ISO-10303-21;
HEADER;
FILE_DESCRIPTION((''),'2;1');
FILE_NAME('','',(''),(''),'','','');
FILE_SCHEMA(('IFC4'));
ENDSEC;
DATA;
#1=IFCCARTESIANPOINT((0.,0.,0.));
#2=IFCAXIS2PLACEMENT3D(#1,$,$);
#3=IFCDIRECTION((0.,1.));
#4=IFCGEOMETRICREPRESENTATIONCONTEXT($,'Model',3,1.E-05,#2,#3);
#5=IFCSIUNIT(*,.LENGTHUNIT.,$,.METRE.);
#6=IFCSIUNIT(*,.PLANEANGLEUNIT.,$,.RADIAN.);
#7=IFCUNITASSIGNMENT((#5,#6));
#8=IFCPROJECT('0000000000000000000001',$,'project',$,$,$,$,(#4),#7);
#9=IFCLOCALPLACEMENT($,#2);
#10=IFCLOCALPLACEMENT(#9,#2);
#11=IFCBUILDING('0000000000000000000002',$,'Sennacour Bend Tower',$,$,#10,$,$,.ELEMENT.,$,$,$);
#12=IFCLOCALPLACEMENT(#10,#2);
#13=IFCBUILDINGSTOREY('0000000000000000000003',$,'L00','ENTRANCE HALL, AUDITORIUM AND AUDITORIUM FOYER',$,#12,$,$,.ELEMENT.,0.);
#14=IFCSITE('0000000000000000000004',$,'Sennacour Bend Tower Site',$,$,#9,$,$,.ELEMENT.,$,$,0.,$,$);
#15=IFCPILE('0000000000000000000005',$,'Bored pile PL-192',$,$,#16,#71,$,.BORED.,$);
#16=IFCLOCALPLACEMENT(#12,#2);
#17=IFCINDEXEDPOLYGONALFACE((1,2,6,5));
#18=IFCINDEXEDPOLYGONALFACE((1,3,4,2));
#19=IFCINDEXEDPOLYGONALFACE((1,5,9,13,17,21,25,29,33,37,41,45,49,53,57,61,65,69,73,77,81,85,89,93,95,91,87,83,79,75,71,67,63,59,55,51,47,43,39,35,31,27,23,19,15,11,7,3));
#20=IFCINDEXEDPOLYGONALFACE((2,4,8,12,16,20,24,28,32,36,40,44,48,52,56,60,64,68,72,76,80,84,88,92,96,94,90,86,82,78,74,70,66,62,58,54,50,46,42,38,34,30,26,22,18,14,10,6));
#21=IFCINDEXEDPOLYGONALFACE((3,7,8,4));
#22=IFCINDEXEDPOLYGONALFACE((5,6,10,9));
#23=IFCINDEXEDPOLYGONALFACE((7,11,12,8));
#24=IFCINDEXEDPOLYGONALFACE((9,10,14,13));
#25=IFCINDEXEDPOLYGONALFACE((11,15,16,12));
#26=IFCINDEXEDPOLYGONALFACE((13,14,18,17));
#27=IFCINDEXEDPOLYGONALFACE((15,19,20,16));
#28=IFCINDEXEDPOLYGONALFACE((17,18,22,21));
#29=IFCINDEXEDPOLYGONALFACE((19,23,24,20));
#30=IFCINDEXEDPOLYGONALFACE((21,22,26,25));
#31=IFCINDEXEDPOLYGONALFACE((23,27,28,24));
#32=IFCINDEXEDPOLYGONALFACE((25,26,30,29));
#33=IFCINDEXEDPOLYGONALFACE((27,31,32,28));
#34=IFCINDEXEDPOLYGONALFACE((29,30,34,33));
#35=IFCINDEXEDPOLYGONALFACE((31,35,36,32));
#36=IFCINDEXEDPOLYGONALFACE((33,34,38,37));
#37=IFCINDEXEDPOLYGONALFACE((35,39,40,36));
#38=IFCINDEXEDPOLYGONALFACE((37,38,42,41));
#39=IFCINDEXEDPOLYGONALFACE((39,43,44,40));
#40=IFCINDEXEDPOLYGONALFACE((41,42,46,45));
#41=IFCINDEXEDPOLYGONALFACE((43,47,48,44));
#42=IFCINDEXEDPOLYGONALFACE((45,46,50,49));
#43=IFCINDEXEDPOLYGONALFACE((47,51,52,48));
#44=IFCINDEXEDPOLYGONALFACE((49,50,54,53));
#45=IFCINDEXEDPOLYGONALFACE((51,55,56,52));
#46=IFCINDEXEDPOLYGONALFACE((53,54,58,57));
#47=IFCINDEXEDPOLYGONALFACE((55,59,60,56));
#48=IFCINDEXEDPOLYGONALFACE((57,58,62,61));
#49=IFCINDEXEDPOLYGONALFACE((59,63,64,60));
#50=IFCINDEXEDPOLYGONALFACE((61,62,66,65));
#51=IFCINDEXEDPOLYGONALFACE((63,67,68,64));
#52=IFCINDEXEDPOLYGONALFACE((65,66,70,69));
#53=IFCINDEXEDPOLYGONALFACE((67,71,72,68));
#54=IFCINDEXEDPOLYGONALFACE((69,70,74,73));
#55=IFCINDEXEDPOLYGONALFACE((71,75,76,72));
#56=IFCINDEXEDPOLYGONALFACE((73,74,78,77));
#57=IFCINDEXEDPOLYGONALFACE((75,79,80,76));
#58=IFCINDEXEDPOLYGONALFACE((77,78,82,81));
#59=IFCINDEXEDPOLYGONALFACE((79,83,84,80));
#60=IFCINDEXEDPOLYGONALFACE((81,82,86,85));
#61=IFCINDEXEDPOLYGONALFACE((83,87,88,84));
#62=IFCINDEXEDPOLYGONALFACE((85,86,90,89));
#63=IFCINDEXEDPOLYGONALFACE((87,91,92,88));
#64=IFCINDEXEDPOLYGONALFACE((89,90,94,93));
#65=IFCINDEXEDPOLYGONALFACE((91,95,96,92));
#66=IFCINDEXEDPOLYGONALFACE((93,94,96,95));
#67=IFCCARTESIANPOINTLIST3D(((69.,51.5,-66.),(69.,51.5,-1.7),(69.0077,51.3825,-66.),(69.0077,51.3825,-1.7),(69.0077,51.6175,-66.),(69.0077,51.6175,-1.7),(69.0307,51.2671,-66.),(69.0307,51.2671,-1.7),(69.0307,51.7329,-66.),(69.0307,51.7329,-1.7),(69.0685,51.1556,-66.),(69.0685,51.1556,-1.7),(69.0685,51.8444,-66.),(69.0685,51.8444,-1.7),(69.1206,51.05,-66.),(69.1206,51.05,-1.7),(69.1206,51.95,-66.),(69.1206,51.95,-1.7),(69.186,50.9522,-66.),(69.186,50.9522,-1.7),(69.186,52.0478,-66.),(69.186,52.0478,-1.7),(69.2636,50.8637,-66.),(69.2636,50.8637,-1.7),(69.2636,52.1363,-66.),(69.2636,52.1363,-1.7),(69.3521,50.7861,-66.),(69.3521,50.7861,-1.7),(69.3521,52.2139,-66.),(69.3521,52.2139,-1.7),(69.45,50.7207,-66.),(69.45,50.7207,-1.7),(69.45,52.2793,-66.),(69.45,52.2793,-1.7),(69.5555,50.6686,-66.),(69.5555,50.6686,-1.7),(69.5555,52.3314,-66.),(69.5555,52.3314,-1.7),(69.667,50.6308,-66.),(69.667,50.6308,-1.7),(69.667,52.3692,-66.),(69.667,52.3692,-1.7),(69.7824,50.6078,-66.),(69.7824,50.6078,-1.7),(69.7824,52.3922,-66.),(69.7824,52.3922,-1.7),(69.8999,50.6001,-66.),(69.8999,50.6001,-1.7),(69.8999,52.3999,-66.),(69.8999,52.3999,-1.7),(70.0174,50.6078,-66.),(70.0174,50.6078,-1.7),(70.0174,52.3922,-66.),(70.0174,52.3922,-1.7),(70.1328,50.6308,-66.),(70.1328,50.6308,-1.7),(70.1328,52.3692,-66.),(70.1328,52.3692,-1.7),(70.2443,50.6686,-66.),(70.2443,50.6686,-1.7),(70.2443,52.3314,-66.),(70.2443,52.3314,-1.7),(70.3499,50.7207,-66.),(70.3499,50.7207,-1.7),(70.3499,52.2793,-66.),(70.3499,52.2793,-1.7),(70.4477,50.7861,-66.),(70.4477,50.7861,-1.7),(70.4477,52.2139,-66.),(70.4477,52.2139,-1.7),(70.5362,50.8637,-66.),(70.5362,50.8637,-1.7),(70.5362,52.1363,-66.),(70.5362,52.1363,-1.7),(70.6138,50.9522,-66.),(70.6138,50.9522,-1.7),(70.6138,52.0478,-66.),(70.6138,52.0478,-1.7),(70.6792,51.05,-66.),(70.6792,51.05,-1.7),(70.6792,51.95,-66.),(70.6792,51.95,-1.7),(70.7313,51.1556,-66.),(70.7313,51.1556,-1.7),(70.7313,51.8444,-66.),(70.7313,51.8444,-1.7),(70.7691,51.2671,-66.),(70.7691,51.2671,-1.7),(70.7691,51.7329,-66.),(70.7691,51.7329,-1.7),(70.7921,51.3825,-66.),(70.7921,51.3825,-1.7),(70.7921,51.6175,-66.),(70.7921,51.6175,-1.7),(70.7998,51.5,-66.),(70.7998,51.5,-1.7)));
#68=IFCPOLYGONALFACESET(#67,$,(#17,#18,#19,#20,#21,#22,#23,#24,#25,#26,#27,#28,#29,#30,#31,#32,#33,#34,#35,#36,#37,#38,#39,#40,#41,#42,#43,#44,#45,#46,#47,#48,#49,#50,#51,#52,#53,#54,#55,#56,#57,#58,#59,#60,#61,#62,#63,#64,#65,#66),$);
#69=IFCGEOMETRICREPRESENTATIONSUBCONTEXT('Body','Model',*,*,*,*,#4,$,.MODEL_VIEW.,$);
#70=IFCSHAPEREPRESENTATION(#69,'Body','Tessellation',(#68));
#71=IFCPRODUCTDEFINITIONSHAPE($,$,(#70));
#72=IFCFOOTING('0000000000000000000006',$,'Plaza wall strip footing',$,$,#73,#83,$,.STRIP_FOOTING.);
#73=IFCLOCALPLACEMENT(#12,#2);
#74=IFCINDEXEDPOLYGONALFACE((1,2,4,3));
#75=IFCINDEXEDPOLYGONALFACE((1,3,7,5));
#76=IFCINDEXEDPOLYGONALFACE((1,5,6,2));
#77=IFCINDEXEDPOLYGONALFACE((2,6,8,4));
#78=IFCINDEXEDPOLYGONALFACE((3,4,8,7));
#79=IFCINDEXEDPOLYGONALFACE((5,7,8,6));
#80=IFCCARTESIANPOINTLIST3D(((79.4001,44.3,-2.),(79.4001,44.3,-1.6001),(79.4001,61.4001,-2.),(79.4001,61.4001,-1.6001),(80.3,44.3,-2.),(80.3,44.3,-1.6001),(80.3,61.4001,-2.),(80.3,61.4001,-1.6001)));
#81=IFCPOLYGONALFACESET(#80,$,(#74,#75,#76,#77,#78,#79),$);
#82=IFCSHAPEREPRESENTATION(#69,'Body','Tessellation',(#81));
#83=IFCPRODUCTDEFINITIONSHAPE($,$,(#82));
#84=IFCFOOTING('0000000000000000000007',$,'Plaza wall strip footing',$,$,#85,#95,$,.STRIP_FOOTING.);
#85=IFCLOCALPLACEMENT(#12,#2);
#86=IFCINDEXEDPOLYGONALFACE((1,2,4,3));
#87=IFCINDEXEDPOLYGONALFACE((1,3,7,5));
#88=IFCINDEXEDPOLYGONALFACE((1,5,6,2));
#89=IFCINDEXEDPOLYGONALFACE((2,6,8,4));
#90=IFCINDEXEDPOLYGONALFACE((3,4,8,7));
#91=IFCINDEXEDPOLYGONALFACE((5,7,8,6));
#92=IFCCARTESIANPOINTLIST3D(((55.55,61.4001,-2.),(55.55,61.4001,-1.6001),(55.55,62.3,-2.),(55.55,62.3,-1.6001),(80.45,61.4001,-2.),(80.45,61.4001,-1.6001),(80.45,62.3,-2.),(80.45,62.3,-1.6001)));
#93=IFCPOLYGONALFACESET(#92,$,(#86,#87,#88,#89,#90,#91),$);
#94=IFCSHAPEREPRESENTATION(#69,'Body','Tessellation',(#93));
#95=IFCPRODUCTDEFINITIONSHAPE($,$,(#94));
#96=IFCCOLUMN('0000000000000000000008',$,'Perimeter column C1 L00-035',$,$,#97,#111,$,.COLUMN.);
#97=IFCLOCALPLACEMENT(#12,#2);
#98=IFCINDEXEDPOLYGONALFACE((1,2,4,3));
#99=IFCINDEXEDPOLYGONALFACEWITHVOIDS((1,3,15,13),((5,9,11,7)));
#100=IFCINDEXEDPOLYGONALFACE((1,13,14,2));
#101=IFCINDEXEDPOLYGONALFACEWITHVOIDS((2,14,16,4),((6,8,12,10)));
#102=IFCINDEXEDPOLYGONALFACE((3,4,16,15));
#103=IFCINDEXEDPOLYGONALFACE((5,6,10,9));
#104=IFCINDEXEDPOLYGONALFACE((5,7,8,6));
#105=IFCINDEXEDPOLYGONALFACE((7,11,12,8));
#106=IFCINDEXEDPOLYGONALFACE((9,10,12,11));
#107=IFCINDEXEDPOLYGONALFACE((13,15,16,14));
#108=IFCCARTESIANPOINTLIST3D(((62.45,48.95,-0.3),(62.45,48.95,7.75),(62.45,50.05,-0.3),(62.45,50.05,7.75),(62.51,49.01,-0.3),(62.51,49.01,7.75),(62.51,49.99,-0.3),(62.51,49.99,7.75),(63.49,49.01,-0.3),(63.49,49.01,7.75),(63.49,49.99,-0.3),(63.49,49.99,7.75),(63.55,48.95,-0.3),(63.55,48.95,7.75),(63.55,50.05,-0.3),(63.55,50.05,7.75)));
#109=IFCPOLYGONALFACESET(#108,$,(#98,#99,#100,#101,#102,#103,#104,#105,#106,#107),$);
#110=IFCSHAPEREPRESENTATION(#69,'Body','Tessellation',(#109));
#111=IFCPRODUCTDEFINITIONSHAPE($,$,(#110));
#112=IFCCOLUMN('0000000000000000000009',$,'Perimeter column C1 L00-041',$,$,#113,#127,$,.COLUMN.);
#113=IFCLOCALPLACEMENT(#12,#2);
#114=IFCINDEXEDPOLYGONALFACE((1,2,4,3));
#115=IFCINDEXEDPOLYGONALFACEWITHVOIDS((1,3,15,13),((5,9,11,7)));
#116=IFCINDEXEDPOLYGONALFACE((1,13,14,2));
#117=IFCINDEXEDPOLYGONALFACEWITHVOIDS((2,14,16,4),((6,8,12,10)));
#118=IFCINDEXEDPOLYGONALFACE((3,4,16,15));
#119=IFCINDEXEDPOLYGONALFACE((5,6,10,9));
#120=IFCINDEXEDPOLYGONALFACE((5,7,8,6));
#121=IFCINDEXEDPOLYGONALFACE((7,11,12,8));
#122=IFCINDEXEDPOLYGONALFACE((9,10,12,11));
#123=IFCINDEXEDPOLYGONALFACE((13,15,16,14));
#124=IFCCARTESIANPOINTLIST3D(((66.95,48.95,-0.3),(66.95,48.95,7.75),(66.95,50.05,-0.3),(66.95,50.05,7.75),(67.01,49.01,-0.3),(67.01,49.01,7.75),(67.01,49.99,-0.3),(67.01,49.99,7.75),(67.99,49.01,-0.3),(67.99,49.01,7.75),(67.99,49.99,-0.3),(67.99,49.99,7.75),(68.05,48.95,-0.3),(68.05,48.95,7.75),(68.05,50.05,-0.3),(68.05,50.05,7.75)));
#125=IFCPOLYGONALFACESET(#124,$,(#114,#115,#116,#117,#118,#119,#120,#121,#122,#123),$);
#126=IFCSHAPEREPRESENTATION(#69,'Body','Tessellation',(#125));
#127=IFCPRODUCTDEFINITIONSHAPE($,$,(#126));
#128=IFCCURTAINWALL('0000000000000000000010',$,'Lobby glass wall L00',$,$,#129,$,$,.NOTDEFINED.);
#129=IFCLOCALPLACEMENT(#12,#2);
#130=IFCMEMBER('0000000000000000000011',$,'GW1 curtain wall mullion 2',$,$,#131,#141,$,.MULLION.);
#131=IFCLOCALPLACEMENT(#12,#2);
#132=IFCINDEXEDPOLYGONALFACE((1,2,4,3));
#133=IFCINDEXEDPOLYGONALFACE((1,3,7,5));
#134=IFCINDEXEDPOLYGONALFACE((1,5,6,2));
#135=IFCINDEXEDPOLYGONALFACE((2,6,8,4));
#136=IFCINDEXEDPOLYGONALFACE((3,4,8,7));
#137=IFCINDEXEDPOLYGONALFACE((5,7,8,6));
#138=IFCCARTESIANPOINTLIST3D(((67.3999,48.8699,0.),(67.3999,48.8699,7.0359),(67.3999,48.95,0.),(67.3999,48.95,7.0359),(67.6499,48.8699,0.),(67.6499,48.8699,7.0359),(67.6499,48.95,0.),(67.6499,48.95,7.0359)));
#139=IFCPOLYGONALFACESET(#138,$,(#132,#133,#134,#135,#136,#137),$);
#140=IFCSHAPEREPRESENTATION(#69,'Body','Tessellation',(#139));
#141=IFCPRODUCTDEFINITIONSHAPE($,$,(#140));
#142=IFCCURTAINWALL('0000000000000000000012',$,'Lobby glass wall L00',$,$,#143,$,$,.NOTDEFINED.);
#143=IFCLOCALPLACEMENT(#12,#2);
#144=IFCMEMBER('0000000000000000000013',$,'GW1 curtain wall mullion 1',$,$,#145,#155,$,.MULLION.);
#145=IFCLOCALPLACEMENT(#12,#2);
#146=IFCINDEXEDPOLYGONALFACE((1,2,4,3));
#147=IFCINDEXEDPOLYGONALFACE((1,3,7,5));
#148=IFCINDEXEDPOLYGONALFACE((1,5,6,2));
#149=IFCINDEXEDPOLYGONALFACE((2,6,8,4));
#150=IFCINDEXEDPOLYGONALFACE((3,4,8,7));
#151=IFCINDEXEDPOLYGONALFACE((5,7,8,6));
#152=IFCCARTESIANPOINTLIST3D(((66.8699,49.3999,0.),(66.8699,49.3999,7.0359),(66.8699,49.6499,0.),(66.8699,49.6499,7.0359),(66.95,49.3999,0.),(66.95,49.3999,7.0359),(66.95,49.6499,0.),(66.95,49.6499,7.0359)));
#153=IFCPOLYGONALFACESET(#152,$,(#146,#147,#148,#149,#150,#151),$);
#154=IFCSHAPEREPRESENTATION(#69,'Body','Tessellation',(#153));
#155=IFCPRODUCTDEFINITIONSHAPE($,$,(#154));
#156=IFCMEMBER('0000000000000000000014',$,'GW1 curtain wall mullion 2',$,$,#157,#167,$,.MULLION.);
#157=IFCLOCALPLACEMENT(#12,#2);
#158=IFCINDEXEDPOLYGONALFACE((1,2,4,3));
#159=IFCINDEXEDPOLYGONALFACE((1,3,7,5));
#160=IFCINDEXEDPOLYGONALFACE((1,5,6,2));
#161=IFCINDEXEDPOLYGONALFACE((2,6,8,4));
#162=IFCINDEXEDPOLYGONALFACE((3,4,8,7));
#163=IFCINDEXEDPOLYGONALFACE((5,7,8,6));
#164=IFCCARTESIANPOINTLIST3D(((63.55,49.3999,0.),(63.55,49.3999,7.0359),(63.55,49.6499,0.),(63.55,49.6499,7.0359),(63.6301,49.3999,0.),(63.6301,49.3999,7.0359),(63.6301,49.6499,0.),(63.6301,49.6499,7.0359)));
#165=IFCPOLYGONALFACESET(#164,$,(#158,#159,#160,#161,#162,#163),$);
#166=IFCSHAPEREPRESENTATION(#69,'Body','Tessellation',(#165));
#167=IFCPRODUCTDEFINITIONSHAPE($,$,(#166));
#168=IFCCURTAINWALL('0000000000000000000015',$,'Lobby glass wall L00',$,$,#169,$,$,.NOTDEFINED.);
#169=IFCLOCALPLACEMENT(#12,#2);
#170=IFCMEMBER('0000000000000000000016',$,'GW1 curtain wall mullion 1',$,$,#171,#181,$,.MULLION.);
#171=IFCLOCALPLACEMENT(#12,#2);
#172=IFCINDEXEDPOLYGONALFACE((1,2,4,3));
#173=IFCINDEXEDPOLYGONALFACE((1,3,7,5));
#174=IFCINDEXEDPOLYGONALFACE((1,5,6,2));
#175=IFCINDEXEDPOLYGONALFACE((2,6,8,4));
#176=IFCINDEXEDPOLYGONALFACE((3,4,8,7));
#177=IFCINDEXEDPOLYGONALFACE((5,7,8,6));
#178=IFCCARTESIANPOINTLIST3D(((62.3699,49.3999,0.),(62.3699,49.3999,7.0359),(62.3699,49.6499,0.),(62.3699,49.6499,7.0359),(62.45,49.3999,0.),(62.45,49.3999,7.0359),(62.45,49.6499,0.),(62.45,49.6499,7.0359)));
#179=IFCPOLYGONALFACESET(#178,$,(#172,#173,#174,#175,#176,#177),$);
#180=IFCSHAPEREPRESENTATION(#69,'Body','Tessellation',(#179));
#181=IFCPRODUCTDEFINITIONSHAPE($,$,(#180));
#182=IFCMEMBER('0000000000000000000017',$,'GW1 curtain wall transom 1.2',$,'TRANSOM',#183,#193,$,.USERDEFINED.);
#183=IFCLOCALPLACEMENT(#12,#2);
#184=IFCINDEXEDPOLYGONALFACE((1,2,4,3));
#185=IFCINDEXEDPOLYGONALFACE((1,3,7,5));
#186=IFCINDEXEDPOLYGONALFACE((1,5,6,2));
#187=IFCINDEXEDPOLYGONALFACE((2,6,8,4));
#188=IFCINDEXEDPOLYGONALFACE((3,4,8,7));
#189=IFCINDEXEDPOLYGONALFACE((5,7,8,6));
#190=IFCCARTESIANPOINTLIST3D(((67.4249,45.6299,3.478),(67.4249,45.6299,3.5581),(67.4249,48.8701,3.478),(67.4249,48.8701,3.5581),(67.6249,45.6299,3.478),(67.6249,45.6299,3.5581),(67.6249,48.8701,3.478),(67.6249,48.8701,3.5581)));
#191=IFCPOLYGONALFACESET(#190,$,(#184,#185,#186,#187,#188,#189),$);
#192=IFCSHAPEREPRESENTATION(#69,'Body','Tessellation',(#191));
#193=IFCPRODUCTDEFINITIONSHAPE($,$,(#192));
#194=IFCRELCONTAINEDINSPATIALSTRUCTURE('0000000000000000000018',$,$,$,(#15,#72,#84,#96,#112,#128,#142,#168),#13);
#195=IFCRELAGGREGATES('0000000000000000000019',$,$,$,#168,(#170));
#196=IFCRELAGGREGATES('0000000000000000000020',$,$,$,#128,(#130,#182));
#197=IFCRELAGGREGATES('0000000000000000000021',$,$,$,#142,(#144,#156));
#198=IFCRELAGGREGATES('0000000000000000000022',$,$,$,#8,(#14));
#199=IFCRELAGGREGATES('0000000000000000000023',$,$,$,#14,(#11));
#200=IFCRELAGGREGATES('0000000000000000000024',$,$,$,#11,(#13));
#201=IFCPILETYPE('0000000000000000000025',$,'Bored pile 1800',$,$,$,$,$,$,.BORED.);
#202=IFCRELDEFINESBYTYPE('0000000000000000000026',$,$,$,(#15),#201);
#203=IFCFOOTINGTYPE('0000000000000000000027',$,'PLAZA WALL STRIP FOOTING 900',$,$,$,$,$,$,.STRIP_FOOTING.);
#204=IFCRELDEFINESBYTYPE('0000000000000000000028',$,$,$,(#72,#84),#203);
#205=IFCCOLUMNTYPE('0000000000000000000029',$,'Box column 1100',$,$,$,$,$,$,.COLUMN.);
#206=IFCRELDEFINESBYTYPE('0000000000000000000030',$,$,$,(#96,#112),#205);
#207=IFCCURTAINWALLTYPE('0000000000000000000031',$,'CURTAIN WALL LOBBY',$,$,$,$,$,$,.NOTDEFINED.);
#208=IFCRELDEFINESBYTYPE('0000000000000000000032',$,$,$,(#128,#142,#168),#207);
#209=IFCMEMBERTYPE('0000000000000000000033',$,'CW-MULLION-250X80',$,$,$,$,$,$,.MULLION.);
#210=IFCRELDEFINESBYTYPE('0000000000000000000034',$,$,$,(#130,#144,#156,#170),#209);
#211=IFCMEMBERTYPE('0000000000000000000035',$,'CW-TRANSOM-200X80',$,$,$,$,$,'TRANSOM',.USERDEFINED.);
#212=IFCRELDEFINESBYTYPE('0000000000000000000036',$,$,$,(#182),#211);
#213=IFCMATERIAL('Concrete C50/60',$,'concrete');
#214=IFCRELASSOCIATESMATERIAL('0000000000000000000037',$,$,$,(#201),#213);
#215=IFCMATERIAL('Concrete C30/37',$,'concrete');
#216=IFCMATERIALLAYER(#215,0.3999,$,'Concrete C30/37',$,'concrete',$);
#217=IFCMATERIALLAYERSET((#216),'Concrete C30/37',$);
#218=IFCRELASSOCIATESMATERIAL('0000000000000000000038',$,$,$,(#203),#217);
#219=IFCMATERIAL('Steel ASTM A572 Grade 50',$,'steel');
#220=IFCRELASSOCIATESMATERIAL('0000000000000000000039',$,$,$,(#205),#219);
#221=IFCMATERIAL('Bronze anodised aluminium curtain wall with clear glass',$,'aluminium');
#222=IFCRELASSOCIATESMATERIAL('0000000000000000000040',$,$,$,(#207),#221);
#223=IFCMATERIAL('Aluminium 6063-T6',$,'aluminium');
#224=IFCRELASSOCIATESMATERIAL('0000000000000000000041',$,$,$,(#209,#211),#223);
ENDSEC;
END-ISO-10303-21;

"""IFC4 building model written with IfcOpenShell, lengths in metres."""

from ifc_helpers import new_model, si_unit, direction, frame, origin, origin_2d, place, context, subcontext, project, spatial, rectangle, hollow_rectangle, circle, extrude, material, layer, layer_set, material_profile, profile_set, type_object, element, aggregate, save


model = new_model("IFC4")

# Units and contexts
model_context = context("Model", 3, precision=1e-05, world=origin(), true_north=direction((0.0, 1.0)))
body_context = subcontext(model_context, "Body", "Model", "MODEL_VIEW")
ifc_project = project(units=[si_unit("LENGTHUNIT", "METRE"), si_unit("PLANEANGLEUNIT", "RADIAN")], contexts=[model_context])

# Site, building, storey
site_placement = place(None, origin())
site = spatial("IfcSite", under=ifc_project, at=site_placement, Name="Sennacour Bend Tower Site", CompositionType="ELEMENT", RefElevation=0.0)
building_placement = place(site_placement, origin())
building = spatial("IfcBuilding", under=site, at=building_placement, Name="Sennacour Bend Tower", CompositionType="ELEMENT")
storey_placement = place(building_placement, origin())
storey = spatial("IfcBuildingStorey", under=building, at=storey_placement, Name="L00", Description="ENTRANCE HALL, AUDITORIUM AND AUDITORIUM FOYER", CompositionType="ELEMENT", Elevation=0.0)

# Pile
ifc_material_1 = material(Name="Concrete C50/60", Category="concrete")
ifc_material_profile_1 = material_profile(ifc_material_1, circle(Radius=0.8999, at=origin_2d()), Name="Concrete C50/60", Category="concrete")
ifc_profile_set_1 = profile_set([ifc_material_profile_1], Name="Concrete C50/60")
pile_type = type_object("IfcPileType", Name="Bored pile 1800", PredefinedType="BORED", material=ifc_profile_set_1)
for number, where, z_axis, x_axis, name in (
    (1, (69.8999, 51.5, -1.7), (0.0, 0.0, -1.0), (1.0, 0.0, 0.0), "Bored pile PL-192"),
):
    element("IfcPile", number, at=place(storey_placement, frame(where, z_axis=z_axis, x_axis=x_axis)), inside=storey, type_object=pile_type, Name=name, PredefinedType="BORED", context=body_context, shape_type="SweptSolid", body=[
        extrude(circle(Radius=0.8999, at=origin_2d()), origin(), (0.0, 0.0, 1.0), 64.3),
    ])

# Footings
ifc_material_2 = material(Name="Concrete C30/37", Category="concrete")
ifc_layer_1 = layer(ifc_material_2, 0.3999, Name="Concrete C30/37", Category="concrete")
ifc_layer_set_1 = layer_set([ifc_layer_1], Name="Concrete C30/37")
footing_type = type_object("IfcFootingType", Name="PLAZA WALL STRIP FOOTING 900", PredefinedType="STRIP_FOOTING", material=ifc_layer_set_1)
footing_1_placement = place(storey_placement, frame((79.8501, 52.8501, -2.0), z_axis=(0.0, 0.0, 1.0), x_axis=(1.0, 0.0, 0.0)))
element("IfcFooting", 2, at=footing_1_placement, inside=storey, type_object=footing_type, Name="Plaza wall strip footing", PredefinedType="STRIP_FOOTING", context=body_context, shape_type="SweptSolid", body=[
    extrude(rectangle(XDim=0.8999, YDim=17.1001, at=origin_2d()), origin(), (0.0, 0.0, 1.0), 0.3999),
])
footing_2_placement = place(storey_placement, frame((68.0, 61.8501, -2.0), z_axis=(0.0, 0.0, 1.0), x_axis=(1.0, 0.0, 0.0)))
element("IfcFooting", 3, at=footing_2_placement, inside=storey, type_object=footing_type, Name="Plaza wall strip footing", PredefinedType="STRIP_FOOTING", context=body_context, shape_type="SweptSolid", body=[
    extrude(rectangle(XDim=24.8999, YDim=0.8999, at=origin_2d()), origin(), (0.0, 0.0, 1.0), 0.3999),
])

# Columns
ifc_material_3 = material(Name="Steel ASTM A572 Grade 50", Category="steel")
ifc_material_profile_2 = material_profile(ifc_material_3, hollow_rectangle(XDim=1.1001, YDim=1.1001, WallThickness=0.0601, at=origin_2d()), Name="Steel ASTM A572 Grade 50", Category="steel")
ifc_profile_set_2 = profile_set([ifc_material_profile_2], Name="Steel ASTM A572 Grade 50")
column_type = type_object("IfcColumnType", Name="Box column 1100", PredefinedType="COLUMN", material=ifc_profile_set_2)
for number, where, z_axis, x_axis, name in (
    (4, (63.0, 49.5, -0.3), (0.0, 0.0, 1.0), (1.0, 0.0, 0.0), "Perimeter column C1 L00-035"),
    (5, (67.5, 49.5, -0.3), (0.0, 0.0, 1.0), (1.0, 0.0, 0.0), "Perimeter column C1 L00-041"),
):
    element("IfcColumn", number, at=place(storey_placement, frame(where, z_axis=z_axis, x_axis=x_axis)), inside=storey, type_object=column_type, Name=name, PredefinedType="COLUMN", context=body_context, shape_type="SweptSolid", body=[
        extrude(hollow_rectangle(XDim=1.1001, YDim=1.1001, WallThickness=0.0601, at=origin_2d()), origin(), (0.0, 0.0, 1.0), 8.05),
    ])

# Curtain wall, member
ifc_material_4 = material(Name="Bronze anodised aluminium curtain wall with clear glass", Category="aluminium")
curtain_wall_type = type_object("IfcCurtainWallType", Name="CURTAIN WALL LOBBY", PredefinedType="NOTDEFINED", material=ifc_material_4)
curtain_wall_1_placement = place(storey_placement, origin())
curtain_wall_1 = element("IfcCurtainWall", 6, at=curtain_wall_1_placement, inside=storey, type_object=curtain_wall_type, Name="Lobby glass wall L00", PredefinedType="NOTDEFINED")
ifc_material_5 = material(Name="Aluminium 6063-T6", Category="aluminium")
ifc_material_profile_3 = material_profile(ifc_material_5, rectangle(XDim=0.25, YDim=0.0801, at=origin_2d()), Name="Aluminium 6063-T6", Category="aluminium")
ifc_profile_set_3 = profile_set([ifc_material_profile_3], Name="Aluminium 6063-T6")
member_type_1 = type_object("IfcMemberType", Name="CW-MULLION-250X80", PredefinedType="MULLION", material=ifc_profile_set_3)
member_1_placement = place(storey_placement, frame((67.5249, 48.9099, 0.0), z_axis=(0.0, 0.0, 1.0), x_axis=(-1.0, 0.0, 0.0)))
member_1 = element("IfcMember", 7, at=member_1_placement, type_object=member_type_1, Name="GW1 curtain wall mullion 2", PredefinedType="MULLION", context=body_context, shape_type="SweptSolid", body=[
    extrude(rectangle(XDim=0.25, YDim=0.0801, at=origin_2d()), origin(), (0.0, 0.0, 1.0), 7.0359),
])

# Curtain wall, members
curtain_wall_2_placement = place(storey_placement, origin())
curtain_wall_2 = element("IfcCurtainWall", 8, at=curtain_wall_2_placement, inside=storey, type_object=curtain_wall_type, Name="Lobby glass wall L00", PredefinedType="NOTDEFINED")
member_2_placement = place(storey_placement, frame((66.9099, 49.5249, 0.0), z_axis=(0.0, 0.0, 1.0), x_axis=(0.0, -1.0, 0.0)))
member_2 = element("IfcMember", 9, at=member_2_placement, type_object=member_type_1, Name="GW1 curtain wall mullion 1", PredefinedType="MULLION", context=body_context, shape_type="SweptSolid", body=[
    extrude(rectangle(XDim=0.25, YDim=0.0801, at=origin_2d()), origin(), (0.0, 0.0, 1.0), 7.0359),
])
member_3_placement = place(storey_placement, frame((63.5901, 49.5249, 0.0), z_axis=(0.0, 0.0, 1.0), x_axis=(0.0, -1.0, 0.0)))
member_3 = element("IfcMember", 10, at=member_3_placement, type_object=member_type_1, Name="GW1 curtain wall mullion 2", PredefinedType="MULLION", context=body_context, shape_type="SweptSolid", body=[
    extrude(rectangle(XDim=0.25, YDim=0.0801, at=origin_2d()), origin(), (0.0, 0.0, 1.0), 7.0359),
])

# Curtain wall, member
curtain_wall_3_placement = place(storey_placement, origin())
curtain_wall_3 = element("IfcCurtainWall", 11, at=curtain_wall_3_placement, inside=storey, type_object=curtain_wall_type, Name="Lobby glass wall L00", PredefinedType="NOTDEFINED")
member_4_placement = place(storey_placement, frame((62.4099, 49.5249, 0.0), z_axis=(0.0, 0.0, 1.0), x_axis=(0.0, -1.0, 0.0)))
member_4 = element("IfcMember", 12, at=member_4_placement, type_object=member_type_1, Name="GW1 curtain wall mullion 1", PredefinedType="MULLION", context=body_context, shape_type="SweptSolid", body=[
    extrude(rectangle(XDim=0.25, YDim=0.0801, at=origin_2d()), origin(), (0.0, 0.0, 1.0), 7.0359),
])
aggregate(curtain_wall_3, [member_4])

# Member
ifc_material_profile_4 = material_profile(ifc_material_5, rectangle(XDim=0.2, YDim=0.0801, at=origin_2d()), Name="Aluminium 6063-T6", Category="aluminium")
ifc_profile_set_4 = profile_set([ifc_material_profile_4], Name="Aluminium 6063-T6")
member_type_2 = type_object("IfcMemberType", Name="CW-TRANSOM-200X80", ElementType="TRANSOM", PredefinedType="USERDEFINED", material=ifc_profile_set_4)
member_5_placement = place(storey_placement, frame((67.5249, 45.6299, 3.5181), z_axis=(0.0, 1.0, 0.0), x_axis=(-1.0, 0.0, 0.0)))
member_5 = element("IfcMember", 13, at=member_5_placement, type_object=member_type_2, Name="GW1 curtain wall transom 1.2", ObjectType="TRANSOM", PredefinedType="USERDEFINED", context=body_context, shape_type="SweptSolid", body=[
    extrude(rectangle(XDim=0.2, YDim=0.0801, at=origin_2d()), origin(), (0.0, 0.0, 1.0), 3.2402),
])

aggregate(curtain_wall_1, [member_1, member_5])
aggregate(curtain_wall_2, [member_2, member_3])

save(model, "model.ifc")
